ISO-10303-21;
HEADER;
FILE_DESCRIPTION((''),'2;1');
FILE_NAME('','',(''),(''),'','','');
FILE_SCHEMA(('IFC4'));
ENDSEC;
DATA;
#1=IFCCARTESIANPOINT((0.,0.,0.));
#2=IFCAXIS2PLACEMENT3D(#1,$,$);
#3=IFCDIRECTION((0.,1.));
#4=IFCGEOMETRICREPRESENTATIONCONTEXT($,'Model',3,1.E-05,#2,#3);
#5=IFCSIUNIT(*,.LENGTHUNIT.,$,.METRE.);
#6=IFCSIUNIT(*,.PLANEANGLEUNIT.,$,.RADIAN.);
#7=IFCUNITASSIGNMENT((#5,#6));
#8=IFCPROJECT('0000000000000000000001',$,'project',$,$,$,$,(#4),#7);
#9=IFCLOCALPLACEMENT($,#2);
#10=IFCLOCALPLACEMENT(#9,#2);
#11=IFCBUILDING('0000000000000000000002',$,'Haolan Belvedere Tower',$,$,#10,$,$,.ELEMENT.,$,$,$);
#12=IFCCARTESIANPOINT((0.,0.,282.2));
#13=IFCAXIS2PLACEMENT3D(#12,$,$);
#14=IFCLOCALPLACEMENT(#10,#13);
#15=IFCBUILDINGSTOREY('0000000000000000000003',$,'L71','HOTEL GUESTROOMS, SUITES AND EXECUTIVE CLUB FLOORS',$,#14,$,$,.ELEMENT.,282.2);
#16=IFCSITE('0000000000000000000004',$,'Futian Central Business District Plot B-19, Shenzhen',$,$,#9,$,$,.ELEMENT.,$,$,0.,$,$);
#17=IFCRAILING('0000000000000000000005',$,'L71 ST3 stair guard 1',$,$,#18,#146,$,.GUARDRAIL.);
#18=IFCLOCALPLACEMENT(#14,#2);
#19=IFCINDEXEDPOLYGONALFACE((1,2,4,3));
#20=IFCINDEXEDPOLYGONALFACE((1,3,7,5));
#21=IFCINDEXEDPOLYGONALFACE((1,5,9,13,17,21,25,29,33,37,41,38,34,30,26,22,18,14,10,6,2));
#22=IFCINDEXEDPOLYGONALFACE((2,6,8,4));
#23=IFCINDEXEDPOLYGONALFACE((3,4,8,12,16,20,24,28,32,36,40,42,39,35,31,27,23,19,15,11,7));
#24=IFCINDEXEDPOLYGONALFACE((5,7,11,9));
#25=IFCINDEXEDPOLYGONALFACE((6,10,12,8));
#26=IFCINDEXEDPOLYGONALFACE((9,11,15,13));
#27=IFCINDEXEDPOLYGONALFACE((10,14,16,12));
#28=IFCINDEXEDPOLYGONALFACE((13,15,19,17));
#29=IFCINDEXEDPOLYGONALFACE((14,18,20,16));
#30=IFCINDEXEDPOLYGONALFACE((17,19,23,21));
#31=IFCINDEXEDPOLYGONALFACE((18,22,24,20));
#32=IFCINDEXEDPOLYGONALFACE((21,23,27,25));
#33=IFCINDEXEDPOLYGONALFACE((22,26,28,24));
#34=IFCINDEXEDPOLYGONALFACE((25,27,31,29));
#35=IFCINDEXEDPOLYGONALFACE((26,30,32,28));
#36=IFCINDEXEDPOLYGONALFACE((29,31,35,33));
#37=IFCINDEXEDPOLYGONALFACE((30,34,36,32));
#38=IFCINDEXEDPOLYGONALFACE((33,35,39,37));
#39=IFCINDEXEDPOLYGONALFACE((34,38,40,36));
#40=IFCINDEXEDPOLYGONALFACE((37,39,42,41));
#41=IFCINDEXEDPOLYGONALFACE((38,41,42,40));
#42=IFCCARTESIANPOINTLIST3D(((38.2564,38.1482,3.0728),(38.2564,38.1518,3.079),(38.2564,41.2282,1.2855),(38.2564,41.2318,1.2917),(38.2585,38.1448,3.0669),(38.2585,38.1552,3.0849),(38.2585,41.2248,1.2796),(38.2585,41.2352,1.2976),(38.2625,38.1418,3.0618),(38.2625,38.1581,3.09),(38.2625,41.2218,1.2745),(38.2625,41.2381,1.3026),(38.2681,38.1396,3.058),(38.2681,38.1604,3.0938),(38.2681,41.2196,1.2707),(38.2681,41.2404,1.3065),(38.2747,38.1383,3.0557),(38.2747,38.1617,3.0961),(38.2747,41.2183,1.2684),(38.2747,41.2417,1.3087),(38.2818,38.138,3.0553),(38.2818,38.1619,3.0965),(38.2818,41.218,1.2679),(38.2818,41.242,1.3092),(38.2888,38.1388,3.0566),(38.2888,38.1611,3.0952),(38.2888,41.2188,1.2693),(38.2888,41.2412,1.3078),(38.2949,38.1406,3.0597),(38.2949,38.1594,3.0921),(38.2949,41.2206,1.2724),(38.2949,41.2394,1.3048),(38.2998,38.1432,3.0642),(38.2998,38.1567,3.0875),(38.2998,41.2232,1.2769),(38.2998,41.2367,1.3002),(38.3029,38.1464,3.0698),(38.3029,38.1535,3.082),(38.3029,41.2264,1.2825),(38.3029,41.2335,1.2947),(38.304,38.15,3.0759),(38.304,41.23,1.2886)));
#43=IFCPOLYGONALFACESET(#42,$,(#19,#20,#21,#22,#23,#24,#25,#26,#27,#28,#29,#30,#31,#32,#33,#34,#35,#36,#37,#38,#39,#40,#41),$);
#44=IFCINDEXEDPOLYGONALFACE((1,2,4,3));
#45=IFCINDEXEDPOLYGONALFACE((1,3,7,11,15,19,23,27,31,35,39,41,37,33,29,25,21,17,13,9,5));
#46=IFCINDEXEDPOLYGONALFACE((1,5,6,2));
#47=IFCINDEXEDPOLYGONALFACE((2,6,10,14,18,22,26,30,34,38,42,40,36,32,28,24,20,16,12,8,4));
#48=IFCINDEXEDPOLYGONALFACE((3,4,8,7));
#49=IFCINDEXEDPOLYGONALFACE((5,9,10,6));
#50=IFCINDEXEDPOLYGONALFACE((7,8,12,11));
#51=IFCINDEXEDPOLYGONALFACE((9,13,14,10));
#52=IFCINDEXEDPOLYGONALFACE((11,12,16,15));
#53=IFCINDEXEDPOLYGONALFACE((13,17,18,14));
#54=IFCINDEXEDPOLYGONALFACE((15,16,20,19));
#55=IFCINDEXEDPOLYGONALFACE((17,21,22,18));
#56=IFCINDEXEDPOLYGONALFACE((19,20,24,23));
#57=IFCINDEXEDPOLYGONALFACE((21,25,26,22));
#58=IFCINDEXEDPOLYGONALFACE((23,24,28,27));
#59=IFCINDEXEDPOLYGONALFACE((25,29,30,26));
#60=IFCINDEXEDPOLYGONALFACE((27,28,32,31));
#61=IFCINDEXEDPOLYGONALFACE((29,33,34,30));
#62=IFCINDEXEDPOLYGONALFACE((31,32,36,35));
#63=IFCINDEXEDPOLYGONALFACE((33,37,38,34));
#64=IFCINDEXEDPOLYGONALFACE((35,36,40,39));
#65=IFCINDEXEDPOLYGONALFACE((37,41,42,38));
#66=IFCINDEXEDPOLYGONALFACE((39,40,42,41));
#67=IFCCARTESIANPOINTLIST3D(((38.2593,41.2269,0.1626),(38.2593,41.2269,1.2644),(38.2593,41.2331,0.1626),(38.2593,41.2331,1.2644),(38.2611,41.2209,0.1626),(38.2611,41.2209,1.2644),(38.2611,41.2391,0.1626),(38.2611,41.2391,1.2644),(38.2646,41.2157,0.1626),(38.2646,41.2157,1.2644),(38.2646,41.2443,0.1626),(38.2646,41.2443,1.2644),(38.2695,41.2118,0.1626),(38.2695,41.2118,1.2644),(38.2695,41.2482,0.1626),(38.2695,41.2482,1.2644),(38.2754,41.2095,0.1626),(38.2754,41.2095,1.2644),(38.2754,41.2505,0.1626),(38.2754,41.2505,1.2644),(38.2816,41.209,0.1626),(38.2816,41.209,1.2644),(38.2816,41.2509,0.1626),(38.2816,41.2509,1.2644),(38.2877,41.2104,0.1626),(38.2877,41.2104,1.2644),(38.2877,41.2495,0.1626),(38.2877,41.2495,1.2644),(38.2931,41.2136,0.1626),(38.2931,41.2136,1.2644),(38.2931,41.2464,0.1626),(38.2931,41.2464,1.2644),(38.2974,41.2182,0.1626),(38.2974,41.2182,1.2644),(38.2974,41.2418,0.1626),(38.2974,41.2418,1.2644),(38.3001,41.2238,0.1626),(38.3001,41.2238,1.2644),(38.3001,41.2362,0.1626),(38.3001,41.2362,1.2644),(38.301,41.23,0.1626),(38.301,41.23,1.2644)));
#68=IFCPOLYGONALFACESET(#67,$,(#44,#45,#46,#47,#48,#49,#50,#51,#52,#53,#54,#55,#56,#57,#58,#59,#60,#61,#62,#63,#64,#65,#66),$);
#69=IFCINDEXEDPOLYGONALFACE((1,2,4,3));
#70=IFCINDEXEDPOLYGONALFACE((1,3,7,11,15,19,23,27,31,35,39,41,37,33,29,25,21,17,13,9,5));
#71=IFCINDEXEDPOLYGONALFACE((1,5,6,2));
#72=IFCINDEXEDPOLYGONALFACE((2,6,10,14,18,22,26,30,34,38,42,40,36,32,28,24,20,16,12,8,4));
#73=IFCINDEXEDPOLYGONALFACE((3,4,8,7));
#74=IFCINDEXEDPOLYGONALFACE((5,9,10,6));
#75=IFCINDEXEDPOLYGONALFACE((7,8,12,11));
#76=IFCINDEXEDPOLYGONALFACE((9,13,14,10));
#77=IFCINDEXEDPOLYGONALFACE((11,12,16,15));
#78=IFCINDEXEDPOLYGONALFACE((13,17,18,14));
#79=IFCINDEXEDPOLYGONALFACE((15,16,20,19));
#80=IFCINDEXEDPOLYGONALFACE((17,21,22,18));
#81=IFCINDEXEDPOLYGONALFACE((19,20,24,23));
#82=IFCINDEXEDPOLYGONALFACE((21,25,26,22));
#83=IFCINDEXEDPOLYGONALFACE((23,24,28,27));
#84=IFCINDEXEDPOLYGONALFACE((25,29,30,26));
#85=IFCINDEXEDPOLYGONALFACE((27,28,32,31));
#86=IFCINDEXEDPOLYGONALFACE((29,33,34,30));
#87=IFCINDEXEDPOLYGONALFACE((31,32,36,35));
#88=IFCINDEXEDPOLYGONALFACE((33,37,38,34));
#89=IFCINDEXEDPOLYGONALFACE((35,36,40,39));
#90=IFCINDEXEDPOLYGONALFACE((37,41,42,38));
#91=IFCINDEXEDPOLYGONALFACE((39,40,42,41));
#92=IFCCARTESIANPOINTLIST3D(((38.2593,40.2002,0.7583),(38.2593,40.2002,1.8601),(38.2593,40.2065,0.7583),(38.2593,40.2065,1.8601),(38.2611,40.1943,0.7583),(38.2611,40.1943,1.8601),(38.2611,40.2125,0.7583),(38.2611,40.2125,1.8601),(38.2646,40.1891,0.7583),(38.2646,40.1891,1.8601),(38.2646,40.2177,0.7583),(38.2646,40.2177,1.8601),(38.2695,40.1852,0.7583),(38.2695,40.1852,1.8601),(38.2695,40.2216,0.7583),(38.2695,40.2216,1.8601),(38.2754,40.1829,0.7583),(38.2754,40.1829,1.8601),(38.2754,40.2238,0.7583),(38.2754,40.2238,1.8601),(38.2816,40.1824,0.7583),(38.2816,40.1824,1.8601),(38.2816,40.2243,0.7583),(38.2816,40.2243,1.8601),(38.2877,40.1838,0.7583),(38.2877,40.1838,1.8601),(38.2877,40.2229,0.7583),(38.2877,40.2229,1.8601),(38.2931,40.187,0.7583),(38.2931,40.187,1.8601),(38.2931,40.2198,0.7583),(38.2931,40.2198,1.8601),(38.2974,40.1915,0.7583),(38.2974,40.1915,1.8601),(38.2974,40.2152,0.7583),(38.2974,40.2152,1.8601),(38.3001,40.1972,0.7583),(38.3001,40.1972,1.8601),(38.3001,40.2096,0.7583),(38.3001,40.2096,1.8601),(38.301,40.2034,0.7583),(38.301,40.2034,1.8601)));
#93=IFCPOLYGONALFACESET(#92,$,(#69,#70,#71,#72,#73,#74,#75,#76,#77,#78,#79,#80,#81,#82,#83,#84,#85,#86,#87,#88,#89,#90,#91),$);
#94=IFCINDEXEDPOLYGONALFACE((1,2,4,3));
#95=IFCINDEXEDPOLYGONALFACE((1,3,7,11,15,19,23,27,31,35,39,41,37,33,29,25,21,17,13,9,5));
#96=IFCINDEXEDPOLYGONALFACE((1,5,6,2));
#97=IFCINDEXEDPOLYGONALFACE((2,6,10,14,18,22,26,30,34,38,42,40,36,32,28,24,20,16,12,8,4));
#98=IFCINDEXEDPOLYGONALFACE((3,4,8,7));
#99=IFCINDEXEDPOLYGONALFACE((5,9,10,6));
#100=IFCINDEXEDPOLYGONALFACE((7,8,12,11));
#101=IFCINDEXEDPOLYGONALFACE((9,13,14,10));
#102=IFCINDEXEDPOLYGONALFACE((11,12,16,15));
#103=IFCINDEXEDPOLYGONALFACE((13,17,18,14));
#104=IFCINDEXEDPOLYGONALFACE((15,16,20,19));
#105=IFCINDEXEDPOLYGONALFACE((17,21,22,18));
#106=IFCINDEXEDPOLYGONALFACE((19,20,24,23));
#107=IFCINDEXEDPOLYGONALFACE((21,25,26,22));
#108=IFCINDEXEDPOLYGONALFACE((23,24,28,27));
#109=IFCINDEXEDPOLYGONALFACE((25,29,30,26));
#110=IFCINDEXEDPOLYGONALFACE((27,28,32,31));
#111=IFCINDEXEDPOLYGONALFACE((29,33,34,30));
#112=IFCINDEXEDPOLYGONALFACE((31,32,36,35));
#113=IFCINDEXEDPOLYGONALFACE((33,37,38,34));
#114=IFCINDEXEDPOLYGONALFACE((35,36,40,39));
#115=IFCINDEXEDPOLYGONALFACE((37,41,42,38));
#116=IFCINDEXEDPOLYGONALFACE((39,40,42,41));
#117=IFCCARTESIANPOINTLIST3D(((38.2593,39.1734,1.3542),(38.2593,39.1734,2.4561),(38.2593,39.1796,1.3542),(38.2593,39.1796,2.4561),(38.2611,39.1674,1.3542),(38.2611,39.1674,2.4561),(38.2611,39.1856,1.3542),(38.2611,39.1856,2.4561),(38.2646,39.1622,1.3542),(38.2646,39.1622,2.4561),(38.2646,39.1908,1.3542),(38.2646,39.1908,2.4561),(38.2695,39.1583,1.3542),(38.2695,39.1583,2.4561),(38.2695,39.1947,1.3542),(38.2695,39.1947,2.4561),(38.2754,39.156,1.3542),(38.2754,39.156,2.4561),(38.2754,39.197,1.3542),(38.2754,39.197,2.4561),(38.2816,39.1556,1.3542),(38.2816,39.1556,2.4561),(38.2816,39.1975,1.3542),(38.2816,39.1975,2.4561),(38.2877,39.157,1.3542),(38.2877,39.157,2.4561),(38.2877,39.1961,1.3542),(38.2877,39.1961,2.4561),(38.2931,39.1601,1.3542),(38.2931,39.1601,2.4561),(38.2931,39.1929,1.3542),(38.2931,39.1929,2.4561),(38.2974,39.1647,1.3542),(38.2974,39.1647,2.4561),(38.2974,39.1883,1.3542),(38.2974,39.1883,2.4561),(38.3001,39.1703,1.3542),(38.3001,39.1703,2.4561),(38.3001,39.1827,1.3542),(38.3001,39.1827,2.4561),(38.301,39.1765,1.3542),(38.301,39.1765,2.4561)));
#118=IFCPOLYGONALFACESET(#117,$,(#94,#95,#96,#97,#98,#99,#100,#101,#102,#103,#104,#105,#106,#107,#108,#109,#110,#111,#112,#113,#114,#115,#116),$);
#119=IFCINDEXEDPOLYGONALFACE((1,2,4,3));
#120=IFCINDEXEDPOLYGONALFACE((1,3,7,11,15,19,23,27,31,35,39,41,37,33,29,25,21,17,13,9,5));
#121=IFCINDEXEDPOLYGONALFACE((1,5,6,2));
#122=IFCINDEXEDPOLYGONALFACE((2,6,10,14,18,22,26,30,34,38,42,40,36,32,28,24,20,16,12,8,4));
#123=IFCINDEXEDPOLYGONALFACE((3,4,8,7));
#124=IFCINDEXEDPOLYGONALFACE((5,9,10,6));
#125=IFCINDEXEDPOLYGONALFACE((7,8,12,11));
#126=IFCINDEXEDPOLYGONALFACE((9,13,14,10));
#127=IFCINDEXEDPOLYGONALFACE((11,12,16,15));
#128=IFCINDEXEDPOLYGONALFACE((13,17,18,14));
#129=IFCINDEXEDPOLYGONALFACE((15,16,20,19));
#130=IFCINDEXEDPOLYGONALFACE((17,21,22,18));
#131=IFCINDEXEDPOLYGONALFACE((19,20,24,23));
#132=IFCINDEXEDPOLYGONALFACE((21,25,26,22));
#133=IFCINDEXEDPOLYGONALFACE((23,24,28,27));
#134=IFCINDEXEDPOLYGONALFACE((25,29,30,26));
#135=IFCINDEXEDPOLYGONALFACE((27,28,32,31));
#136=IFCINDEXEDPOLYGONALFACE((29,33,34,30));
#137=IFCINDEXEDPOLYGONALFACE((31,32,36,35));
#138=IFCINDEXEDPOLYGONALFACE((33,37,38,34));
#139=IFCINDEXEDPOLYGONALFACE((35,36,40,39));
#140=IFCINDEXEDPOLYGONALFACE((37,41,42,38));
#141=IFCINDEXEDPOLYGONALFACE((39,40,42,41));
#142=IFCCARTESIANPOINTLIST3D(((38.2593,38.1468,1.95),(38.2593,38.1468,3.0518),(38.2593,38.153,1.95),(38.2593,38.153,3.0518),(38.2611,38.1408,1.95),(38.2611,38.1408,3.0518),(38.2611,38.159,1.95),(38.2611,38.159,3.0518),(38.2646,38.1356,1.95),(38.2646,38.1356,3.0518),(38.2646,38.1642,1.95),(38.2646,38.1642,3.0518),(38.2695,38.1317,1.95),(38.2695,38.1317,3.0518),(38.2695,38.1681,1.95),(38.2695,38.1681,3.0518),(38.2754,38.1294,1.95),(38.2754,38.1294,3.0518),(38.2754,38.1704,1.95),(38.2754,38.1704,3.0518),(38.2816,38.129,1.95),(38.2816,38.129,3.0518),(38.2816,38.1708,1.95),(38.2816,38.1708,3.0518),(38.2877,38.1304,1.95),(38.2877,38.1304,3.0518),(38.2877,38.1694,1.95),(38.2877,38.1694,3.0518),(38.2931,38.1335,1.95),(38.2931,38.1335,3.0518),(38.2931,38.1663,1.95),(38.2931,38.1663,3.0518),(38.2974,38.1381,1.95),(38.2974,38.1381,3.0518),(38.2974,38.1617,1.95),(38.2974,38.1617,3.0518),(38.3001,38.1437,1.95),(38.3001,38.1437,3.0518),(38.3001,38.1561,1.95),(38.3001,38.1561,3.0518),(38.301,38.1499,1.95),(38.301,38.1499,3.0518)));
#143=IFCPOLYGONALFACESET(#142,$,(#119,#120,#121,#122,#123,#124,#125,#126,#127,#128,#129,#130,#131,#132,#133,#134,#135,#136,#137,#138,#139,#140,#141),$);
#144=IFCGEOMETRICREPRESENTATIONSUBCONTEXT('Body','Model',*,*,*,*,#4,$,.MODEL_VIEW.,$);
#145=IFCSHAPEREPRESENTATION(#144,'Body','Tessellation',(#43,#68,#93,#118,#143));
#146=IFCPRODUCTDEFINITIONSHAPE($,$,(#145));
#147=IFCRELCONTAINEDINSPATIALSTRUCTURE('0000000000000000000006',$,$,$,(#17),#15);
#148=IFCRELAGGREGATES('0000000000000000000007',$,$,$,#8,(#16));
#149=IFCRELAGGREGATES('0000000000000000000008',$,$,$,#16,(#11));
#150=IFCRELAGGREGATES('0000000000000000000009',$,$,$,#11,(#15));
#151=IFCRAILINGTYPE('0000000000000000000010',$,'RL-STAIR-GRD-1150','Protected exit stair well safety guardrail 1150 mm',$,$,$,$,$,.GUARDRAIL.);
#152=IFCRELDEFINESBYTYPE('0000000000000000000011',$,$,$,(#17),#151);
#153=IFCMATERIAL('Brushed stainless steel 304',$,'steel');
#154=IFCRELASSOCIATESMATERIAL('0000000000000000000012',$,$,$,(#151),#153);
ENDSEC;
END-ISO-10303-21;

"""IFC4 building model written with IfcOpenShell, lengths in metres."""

from ifc_helpers import new_model, si_unit, direction, frame, origin, origin_2d, place, context, subcontext, project, spatial, circle, extrude, material, type_object, element, save


model = new_model("IFC4")

# Units and contexts
model_context = context("Model", 3, precision=1e-05, world=origin(), true_north=direction((0.0, 1.0)))
body_context = subcontext(model_context, "Body", "Model", "MODEL_VIEW")
ifc_project = project(units=[si_unit("LENGTHUNIT", "METRE"), si_unit("PLANEANGLEUNIT", "RADIAN")], contexts=[model_context])

# Site, building, storey
site_placement = place(None, origin())
site = spatial("IfcSite", under=ifc_project, at=site_placement, Name="Futian Central Business District Plot B-19, Shenzhen", CompositionType="ELEMENT", RefElevation=0.0)
building_placement = place(site_placement, origin())
building = spatial("IfcBuilding", under=site, at=building_placement, Name="Haolan Belvedere Tower", CompositionType="ELEMENT")
storey_placement = place(building_placement, frame((0.0, 0.0, 282.2)))
storey = spatial("IfcBuildingStorey", under=building, at=storey_placement, Name="L71", Description="HOTEL GUESTROOMS, SUITES AND EXECUTIVE CLUB FLOORS", CompositionType="ELEMENT", Elevation=282.2)

# Railing
ifc_material_1 = material(Name="Brushed stainless steel 304", Category="steel")
railing_type = type_object("IfcRailingType", Name="RL-STAIR-GRD-1150", Description="Protected exit stair well safety guardrail 1150 mm", PredefinedType="GUARDRAIL", material=ifc_material_1)
railing_1_placement = place(storey_placement, frame((38.28, 41.23, 0.1626)))
element("IfcRailing", 1, at=railing_1_placement, inside=storey, type_object=railing_type, Name="L71 ST3 stair guard 1", PredefinedType="GUARDRAIL", context=body_context, shape_type="SweptSolid", body=[
    extrude(circle(Radius=0.0239, at=origin_2d()), frame((0.0, 0.0, 1.126), z_axis=(0.0, -0.86492, 0.501909), x_axis=(1.0, 0.0, 0.0)), (0.0, 0.0, 1.0), 3.561),
    extrude(circle(Radius=0.021, at=origin_2d()), origin(), (0.0, 0.0, 1.0), 1.1018),
    extrude(circle(Radius=0.021, at=origin_2d()), frame((0.0, -1.0266, 0.5957)), (0.0, 0.0, 1.0), 1.1018),
    extrude(circle(Radius=0.021, at=origin_2d()), frame((0.0, -2.0535, 1.1917)), (0.0, 0.0, 1.0), 1.1018),
    extrude(circle(Radius=0.021, at=origin_2d()), frame((0.0, -3.0801, 1.7874)), (0.0, 0.0, 1.0), 1.1018),
])

save(model, "model.ifc")
